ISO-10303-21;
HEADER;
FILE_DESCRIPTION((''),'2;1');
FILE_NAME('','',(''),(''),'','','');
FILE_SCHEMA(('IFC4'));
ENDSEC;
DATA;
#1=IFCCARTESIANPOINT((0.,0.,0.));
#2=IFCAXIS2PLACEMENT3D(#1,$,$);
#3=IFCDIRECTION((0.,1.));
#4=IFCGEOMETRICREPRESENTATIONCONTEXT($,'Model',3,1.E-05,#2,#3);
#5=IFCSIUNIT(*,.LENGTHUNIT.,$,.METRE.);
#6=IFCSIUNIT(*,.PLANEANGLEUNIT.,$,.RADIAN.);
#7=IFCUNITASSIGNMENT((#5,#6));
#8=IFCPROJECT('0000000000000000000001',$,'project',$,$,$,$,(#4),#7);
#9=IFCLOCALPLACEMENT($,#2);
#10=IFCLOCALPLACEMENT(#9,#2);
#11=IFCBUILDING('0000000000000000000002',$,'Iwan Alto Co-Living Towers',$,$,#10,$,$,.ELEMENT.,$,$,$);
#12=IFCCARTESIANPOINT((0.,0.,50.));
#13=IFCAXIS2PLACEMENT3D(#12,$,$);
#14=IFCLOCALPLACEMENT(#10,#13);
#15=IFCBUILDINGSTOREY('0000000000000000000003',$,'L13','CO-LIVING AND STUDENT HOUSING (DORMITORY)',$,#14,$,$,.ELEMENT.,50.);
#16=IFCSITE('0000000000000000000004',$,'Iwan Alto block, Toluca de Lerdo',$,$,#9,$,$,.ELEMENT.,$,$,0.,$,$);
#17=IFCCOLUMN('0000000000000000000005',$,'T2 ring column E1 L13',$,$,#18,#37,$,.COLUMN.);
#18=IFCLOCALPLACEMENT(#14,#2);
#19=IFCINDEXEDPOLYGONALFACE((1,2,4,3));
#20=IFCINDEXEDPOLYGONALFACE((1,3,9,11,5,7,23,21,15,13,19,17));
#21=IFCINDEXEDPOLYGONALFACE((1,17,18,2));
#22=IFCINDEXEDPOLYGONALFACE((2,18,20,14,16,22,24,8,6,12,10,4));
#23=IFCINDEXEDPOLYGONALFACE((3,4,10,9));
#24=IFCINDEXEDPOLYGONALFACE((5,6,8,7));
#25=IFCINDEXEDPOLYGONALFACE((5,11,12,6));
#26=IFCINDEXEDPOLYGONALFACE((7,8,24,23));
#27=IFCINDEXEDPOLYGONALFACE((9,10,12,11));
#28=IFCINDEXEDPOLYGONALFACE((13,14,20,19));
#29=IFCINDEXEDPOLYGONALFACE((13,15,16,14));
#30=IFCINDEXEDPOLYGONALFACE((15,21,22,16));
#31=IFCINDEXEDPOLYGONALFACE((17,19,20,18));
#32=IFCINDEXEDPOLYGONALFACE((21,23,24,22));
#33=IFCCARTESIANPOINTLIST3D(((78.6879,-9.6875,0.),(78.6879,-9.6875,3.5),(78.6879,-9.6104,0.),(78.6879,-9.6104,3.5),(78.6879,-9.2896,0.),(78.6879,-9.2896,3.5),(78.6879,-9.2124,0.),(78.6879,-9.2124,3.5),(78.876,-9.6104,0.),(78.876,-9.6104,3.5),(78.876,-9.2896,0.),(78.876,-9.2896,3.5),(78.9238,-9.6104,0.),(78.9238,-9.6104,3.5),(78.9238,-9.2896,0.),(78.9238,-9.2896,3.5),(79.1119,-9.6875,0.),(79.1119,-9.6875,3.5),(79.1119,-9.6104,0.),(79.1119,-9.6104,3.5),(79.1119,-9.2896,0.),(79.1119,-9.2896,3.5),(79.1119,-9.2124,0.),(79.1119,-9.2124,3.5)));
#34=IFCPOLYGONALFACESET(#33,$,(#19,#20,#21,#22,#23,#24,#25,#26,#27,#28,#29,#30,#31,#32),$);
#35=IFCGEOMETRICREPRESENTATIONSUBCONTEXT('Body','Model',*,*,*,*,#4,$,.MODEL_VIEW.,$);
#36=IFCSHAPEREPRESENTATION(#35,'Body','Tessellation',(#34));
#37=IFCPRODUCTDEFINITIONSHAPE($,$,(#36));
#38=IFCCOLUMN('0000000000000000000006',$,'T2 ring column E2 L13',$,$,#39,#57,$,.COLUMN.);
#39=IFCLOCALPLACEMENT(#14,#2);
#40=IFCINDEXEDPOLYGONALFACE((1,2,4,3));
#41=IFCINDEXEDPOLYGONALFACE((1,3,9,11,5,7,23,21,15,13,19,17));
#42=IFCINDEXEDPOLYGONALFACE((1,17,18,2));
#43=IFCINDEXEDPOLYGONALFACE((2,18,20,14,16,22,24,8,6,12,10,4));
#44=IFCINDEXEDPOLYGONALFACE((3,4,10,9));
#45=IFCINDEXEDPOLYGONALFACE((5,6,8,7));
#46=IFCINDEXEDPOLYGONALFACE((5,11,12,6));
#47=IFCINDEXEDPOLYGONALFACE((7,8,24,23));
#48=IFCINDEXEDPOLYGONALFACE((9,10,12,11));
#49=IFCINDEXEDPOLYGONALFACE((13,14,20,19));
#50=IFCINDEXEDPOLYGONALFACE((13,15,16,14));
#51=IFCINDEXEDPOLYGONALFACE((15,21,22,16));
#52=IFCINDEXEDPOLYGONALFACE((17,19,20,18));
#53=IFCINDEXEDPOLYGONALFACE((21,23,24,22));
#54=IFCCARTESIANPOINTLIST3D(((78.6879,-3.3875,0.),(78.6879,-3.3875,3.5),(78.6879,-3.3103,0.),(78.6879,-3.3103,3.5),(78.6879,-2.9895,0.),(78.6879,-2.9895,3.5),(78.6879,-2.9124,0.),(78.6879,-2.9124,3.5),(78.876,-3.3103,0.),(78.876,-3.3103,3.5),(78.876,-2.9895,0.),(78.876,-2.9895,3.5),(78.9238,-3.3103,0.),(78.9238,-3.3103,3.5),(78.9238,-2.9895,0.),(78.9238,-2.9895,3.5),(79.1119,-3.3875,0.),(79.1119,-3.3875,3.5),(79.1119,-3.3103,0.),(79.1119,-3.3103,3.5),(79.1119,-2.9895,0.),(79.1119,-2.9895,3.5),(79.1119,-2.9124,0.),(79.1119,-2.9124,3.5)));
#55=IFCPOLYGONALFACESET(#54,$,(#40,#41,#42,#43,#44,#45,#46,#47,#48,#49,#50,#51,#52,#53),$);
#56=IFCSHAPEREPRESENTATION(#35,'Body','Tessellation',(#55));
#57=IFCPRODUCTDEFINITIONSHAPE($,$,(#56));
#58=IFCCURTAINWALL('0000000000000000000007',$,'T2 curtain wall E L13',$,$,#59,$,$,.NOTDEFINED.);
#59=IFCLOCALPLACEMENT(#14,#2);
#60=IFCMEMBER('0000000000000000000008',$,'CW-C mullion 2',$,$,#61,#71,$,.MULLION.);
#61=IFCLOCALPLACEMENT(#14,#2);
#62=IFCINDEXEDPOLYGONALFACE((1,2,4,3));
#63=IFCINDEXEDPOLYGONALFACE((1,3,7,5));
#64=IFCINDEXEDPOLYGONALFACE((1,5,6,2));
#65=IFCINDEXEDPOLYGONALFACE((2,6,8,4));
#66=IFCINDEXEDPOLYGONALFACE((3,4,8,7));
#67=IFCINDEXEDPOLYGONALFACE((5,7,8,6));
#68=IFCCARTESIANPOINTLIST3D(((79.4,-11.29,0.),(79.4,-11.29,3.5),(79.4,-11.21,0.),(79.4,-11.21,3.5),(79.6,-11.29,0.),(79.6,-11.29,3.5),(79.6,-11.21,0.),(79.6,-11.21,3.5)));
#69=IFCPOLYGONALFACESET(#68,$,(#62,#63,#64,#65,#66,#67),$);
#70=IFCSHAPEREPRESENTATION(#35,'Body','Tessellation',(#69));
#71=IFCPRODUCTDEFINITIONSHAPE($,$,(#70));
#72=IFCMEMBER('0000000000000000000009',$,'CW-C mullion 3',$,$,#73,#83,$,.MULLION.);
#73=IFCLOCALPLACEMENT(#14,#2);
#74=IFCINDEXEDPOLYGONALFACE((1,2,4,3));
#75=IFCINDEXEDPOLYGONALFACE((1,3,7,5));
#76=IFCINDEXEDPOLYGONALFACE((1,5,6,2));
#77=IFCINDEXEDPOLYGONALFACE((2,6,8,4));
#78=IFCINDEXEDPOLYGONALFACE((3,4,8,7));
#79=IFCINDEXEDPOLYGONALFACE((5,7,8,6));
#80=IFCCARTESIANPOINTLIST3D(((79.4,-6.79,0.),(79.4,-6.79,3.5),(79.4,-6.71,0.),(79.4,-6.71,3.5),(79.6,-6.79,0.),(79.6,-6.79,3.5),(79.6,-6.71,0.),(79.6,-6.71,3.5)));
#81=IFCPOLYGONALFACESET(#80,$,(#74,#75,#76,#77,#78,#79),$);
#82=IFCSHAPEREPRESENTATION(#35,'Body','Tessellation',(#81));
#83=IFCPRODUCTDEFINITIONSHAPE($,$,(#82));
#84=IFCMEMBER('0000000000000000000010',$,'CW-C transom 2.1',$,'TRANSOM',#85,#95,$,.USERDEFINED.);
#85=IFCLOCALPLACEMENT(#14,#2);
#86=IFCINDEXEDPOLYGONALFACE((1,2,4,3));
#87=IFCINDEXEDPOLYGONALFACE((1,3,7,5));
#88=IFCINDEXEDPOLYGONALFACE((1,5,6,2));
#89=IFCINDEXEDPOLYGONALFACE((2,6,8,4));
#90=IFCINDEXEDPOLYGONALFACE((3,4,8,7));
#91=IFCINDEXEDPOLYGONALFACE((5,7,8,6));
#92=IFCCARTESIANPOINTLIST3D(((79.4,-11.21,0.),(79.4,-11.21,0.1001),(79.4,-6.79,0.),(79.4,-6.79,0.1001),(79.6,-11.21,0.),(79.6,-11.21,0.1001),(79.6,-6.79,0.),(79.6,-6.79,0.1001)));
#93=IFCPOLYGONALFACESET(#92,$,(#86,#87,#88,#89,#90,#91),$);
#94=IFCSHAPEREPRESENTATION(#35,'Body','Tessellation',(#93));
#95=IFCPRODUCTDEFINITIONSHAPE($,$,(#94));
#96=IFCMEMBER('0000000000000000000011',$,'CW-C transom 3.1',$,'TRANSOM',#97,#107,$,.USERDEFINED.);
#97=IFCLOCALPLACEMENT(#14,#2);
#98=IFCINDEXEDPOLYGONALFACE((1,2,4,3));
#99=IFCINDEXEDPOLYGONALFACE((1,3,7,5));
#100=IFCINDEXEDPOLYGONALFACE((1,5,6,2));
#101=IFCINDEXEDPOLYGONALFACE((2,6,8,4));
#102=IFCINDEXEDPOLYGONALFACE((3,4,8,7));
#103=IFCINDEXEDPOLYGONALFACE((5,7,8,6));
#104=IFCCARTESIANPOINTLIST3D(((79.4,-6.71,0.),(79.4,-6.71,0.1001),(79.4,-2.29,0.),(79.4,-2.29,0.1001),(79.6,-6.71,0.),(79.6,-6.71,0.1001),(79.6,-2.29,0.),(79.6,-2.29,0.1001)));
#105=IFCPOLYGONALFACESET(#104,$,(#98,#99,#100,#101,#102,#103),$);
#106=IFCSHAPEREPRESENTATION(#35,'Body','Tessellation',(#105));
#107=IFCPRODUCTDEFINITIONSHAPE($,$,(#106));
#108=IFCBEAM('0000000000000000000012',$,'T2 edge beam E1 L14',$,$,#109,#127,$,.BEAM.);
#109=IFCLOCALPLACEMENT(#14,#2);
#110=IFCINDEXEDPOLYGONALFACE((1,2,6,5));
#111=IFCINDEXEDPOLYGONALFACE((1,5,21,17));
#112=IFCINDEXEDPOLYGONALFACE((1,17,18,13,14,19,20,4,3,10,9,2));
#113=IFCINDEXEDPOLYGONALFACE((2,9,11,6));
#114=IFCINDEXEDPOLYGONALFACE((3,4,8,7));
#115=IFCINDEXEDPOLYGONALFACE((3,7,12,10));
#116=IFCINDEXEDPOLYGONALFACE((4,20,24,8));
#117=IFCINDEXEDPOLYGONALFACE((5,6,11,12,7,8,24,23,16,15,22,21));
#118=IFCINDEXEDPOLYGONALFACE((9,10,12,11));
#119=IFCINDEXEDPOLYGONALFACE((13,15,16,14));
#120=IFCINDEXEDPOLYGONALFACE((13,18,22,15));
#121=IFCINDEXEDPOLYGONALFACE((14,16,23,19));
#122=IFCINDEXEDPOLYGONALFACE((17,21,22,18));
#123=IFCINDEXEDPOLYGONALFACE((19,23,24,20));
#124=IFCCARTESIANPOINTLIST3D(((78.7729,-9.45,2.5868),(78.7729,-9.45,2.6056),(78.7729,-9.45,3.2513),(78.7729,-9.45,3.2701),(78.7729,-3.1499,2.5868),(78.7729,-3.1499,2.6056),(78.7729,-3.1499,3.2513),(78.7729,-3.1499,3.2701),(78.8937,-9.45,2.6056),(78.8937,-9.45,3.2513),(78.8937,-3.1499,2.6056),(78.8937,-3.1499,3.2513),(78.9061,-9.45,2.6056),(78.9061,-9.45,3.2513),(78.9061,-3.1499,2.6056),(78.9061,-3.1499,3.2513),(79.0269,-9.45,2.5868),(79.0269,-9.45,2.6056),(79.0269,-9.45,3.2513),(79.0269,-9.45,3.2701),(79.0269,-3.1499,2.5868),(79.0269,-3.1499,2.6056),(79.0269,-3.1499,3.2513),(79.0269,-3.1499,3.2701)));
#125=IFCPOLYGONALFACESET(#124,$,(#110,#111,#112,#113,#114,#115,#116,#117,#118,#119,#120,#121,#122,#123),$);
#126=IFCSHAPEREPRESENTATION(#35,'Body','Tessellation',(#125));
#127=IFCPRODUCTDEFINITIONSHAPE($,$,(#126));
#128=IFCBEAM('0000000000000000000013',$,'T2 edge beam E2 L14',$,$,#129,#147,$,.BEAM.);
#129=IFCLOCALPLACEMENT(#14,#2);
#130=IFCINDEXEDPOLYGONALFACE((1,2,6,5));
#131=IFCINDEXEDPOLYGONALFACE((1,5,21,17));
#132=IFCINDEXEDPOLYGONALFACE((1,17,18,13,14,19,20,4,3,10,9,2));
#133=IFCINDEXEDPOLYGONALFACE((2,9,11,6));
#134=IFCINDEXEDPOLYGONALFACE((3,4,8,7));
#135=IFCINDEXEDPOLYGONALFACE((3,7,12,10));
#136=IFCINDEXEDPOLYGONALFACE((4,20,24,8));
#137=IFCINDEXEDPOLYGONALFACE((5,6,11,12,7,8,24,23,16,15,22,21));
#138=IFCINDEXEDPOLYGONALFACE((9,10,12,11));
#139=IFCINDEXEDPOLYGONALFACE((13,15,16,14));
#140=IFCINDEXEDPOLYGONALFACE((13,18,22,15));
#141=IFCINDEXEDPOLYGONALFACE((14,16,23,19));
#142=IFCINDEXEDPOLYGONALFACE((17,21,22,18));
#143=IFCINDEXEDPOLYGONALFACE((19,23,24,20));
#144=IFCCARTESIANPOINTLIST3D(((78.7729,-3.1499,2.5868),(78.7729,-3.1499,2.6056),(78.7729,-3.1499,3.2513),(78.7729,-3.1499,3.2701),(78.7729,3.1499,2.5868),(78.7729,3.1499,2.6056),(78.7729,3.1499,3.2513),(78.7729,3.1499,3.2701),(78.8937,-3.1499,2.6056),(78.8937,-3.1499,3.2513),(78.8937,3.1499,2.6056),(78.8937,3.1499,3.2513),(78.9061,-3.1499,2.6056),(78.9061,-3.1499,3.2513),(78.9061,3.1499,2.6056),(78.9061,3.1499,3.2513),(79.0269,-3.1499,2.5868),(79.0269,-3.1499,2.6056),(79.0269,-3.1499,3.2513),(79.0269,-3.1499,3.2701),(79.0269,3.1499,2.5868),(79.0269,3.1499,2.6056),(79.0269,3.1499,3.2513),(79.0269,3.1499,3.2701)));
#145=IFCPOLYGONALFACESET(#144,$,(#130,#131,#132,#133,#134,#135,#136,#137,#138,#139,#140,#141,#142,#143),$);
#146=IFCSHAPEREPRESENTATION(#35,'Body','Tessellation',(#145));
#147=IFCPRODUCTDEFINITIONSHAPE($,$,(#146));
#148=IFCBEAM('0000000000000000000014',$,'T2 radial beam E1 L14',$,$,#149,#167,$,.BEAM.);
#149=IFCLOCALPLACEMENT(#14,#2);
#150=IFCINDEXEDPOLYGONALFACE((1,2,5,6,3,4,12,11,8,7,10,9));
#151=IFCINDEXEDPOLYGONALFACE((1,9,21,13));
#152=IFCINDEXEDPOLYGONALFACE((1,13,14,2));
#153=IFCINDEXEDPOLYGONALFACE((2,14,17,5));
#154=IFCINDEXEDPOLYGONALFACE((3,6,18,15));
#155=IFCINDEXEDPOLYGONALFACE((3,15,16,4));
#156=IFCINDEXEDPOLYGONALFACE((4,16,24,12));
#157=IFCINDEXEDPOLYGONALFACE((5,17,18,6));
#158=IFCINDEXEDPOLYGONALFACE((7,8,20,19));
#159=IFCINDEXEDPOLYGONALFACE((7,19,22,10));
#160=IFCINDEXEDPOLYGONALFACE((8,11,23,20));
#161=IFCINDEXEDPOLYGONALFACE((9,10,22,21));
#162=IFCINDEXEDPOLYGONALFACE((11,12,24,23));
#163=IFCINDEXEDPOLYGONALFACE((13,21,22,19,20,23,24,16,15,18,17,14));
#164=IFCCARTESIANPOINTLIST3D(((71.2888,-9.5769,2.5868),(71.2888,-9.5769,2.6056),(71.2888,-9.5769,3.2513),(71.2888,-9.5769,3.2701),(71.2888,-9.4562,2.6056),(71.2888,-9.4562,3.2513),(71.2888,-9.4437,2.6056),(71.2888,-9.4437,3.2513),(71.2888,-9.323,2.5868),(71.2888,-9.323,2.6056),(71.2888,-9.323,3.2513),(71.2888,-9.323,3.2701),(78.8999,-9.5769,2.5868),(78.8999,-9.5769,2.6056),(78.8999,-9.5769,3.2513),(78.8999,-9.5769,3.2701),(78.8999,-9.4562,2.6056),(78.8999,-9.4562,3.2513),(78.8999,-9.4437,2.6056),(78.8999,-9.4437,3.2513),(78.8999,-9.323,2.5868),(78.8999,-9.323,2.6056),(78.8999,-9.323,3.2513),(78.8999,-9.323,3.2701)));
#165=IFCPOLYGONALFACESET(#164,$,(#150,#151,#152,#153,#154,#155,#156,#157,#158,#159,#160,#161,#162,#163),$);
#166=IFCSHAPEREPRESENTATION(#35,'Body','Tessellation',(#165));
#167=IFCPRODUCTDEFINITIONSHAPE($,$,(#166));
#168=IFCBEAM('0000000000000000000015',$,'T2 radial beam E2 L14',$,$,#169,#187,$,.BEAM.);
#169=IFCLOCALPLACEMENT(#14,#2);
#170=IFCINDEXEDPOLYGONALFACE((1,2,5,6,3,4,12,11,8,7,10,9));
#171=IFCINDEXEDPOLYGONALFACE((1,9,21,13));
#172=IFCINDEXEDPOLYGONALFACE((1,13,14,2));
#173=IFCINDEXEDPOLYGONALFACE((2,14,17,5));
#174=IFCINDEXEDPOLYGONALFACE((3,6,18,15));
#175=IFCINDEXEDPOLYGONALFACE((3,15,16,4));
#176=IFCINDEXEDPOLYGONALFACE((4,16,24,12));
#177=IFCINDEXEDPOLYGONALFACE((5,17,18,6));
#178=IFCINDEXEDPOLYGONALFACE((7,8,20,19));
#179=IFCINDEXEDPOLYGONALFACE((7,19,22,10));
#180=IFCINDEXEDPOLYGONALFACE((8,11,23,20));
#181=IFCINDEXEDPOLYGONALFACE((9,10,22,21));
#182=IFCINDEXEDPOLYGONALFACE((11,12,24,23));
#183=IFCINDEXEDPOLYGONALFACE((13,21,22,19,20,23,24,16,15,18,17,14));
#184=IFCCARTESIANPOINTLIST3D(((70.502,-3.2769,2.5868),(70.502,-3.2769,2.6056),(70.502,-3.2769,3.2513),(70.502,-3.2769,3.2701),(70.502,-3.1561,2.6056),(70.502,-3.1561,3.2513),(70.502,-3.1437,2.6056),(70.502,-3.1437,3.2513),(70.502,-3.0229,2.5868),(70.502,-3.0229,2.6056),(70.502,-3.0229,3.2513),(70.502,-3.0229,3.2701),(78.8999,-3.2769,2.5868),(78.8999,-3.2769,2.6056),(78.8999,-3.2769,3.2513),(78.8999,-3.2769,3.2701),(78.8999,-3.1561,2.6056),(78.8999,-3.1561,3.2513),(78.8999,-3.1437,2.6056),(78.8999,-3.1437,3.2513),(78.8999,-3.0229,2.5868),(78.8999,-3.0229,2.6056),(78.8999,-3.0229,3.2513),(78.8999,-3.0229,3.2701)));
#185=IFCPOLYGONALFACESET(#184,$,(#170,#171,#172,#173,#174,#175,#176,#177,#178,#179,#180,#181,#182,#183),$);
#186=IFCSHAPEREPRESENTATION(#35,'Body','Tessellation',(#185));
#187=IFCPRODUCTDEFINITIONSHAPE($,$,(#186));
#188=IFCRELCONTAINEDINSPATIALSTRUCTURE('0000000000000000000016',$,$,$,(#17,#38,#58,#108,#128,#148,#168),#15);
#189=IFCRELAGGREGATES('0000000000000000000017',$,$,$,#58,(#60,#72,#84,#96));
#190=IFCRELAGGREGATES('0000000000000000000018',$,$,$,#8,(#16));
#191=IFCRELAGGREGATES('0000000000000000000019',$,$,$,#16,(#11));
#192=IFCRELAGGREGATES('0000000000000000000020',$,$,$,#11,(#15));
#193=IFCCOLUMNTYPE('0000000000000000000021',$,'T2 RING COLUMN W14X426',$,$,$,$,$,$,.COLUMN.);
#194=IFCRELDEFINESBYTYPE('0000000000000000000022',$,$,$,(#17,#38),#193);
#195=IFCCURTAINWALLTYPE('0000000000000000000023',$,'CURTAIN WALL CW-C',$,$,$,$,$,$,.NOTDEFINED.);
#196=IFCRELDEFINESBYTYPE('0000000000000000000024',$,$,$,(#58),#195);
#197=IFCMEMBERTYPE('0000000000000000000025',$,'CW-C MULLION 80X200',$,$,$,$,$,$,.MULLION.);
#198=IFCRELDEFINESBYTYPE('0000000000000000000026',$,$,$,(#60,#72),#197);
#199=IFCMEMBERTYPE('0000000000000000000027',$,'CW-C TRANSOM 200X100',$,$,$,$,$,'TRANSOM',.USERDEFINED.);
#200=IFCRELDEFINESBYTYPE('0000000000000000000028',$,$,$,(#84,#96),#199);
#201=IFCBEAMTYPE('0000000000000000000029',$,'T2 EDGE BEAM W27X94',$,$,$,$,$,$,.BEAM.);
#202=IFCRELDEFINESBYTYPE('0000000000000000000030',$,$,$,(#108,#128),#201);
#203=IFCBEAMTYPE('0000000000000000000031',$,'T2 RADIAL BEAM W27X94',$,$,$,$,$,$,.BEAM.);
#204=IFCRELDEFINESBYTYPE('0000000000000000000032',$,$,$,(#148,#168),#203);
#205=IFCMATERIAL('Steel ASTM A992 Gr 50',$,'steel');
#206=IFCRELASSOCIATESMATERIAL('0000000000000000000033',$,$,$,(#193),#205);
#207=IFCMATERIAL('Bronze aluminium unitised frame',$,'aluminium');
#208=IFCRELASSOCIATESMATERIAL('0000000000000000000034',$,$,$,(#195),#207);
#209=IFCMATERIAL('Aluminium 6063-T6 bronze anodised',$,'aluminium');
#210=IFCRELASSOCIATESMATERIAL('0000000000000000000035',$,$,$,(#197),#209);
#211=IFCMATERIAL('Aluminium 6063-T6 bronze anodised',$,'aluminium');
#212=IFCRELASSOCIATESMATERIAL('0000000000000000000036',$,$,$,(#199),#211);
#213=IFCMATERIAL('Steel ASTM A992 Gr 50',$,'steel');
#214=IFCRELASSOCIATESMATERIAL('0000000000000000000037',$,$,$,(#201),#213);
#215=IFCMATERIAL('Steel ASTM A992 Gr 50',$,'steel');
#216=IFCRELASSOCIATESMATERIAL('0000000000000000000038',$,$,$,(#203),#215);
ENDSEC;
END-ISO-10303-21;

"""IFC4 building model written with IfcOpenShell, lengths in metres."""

from ifc_helpers import new_model, si_unit, direction, frame, origin, origin_2d, place, context, subcontext, project, spatial, rectangle, i_section, extrude, material, material_profile, profile_set, type_object, element, aggregate, save


model = new_model("IFC4")

# Units and contexts
model_context = context("Model", 3, precision=1e-05, world=origin(), true_north=direction((0.0, 1.0)))
body_context = subcontext(model_context, "Body", "Model", "MODEL_VIEW")
ifc_project = project(units=[si_unit("LENGTHUNIT", "METRE"), si_unit("PLANEANGLEUNIT", "RADIAN")], contexts=[model_context])

# Site, building, storey
site_placement = place(None, origin())
site = spatial("IfcSite", under=ifc_project, at=site_placement, Name="Iwan Alto block, Toluca de Lerdo", CompositionType="ELEMENT", RefElevation=0.0)
building_placement = place(site_placement, origin())
building = spatial("IfcBuilding", under=site, at=building_placement, Name="Iwan Alto Co-Living Towers", CompositionType="ELEMENT")
storey_placement = place(building_placement, frame((0.0, 0.0, 50.0)))
storey = spatial("IfcBuildingStorey", under=building, at=storey_placement, Name="L13", Description="CO-LIVING AND STUDENT HOUSING (DORMITORY)", CompositionType="ELEMENT", Elevation=50.0)

# Columns
ifc_material_1 = material(Name="Steel ASTM A992 Gr 50", Category="steel")
ifc_material_profile_1 = material_profile(ifc_material_1, i_section(OverallWidth=0.4241, OverallDepth=0.4751, WebThickness=0.0479, FlangeThickness=0.0771, at=origin_2d()), Name="W14X426")
ifc_profile_set_1 = profile_set([ifc_material_profile_1], Name="Steel ASTM A992 Gr 50")
column_type = type_object("IfcColumnType", Name="T2 RING COLUMN W14X426", PredefinedType="COLUMN", material=ifc_profile_set_1)
for number, where, z_axis, x_axis, name in (
    (1, (78.8999, -9.45, 0.0), (0.0, 0.0, 1.0), (1.0, 0.0, 0.0), "T2 ring column E1 L13"),
    (2, (78.8999, -3.1499, 0.0), (0.0, 0.0, 1.0), (1.0, 0.0, 0.0), "T2 ring column E2 L13"),
):
    element("IfcColumn", number, at=place(storey_placement, frame(where, z_axis=z_axis, x_axis=x_axis)), inside=storey, type_object=column_type, Name=name, PredefinedType="COLUMN", context=body_context, shape_type="SweptSolid", body=[
        extrude(i_section(OverallWidth=0.4241, OverallDepth=0.4751, WebThickness=0.0479, FlangeThickness=0.0771, at=origin_2d()), origin(), (0.0, 0.0, 1.0), 3.5),
    ])

# Curtain wall, members
ifc_material_2 = material(Name="Bronze aluminium unitised frame", Category="aluminium")
curtain_wall_type = type_object("IfcCurtainWallType", Name="CURTAIN WALL CW-C", PredefinedType="NOTDEFINED", material=ifc_material_2)
curtain_wall_placement = place(storey_placement, origin())
curtain_wall = element("IfcCurtainWall", 3, at=curtain_wall_placement, inside=storey, type_object=curtain_wall_type, Name="T2 curtain wall E L13", PredefinedType="NOTDEFINED")
ifc_material_3 = material(Name="Aluminium 6063-T6 bronze anodised", Category="aluminium")
ifc_material_profile_2 = material_profile(ifc_material_3, rectangle(XDim=0.2, YDim=0.0801, at=origin_2d()), Name="AL 80X200")
ifc_profile_set_2 = profile_set([ifc_material_profile_2], Name="Aluminium 6063-T6 bronze anodised")
member_type_1 = type_object("IfcMemberType", Name="CW-C MULLION 80X200", PredefinedType="MULLION", material=ifc_profile_set_2)
member_1_placement = place(storey_placement, frame((79.5, -11.25, 0.0), z_axis=(0.0, 0.0, 1.0), x_axis=(-1.0, 0.0, 0.0)))
member_1 = element("IfcMember", 4, at=member_1_placement, type_object=member_type_1, Name="CW-C mullion 2", PredefinedType="MULLION", context=body_context, shape_type="SweptSolid", body=[
    extrude(rectangle(XDim=0.2, YDim=0.0801, at=origin_2d()), origin(), (0.0, 0.0, 1.0), 3.5),
])
member_2_placement = place(storey_placement, frame((79.5, -6.75, 0.0), z_axis=(0.0, 0.0, 1.0), x_axis=(-1.0, 0.0, 0.0)))
member_2 = element("IfcMember", 5, at=member_2_placement, type_object=member_type_1, Name="CW-C mullion 3", PredefinedType="MULLION", context=body_context, shape_type="SweptSolid", body=[
    extrude(rectangle(XDim=0.2, YDim=0.0801, at=origin_2d()), origin(), (0.0, 0.0, 1.0), 3.5),
])
ifc_material_4 = material(Name="Aluminium 6063-T6 bronze anodised", Category="aluminium")
ifc_material_profile_3 = material_profile(ifc_material_4, rectangle(XDim=0.2, YDim=0.1001, at=origin_2d()), Name="AL 200X100")
ifc_profile_set_3 = profile_set([ifc_material_profile_3], Name="Aluminium 6063-T6 bronze anodised")
member_type_2 = type_object("IfcMemberType", Name="CW-C TRANSOM 200X100", ElementType="TRANSOM", PredefinedType="USERDEFINED", material=ifc_profile_set_3)
member_3_placement = place(storey_placement, frame((79.5, -11.21, 0.05), z_axis=(0.0, 1.0, 0.0), x_axis=(-1.0, 0.0, 0.0)))
member_3 = element("IfcMember", 6, at=member_3_placement, type_object=member_type_2, Name="CW-C transom 2.1", ObjectType="TRANSOM", PredefinedType="USERDEFINED", context=body_context, shape_type="SweptSolid", body=[
    extrude(rectangle(XDim=0.2, YDim=0.1001, at=origin_2d()), origin(), (0.0, 0.0, 1.0), 4.4199),
])
member_4_placement = place(storey_placement, frame((79.5, -6.71, 0.05), z_axis=(0.0, 1.0, 0.0), x_axis=(-1.0, 0.0, 0.0)))
member_4 = element("IfcMember", 7, at=member_4_placement, type_object=member_type_2, Name="CW-C transom 3.1", ObjectType="TRANSOM", PredefinedType="USERDEFINED", context=body_context, shape_type="SweptSolid", body=[
    extrude(rectangle(XDim=0.2, YDim=0.1001, at=origin_2d()), origin(), (0.0, 0.0, 1.0), 4.4199),
])

# Beams
ifc_material_5 = material(Name="Steel ASTM A992 Gr 50", Category="steel")
ifc_material_profile_4 = material_profile(ifc_material_5, i_section(OverallWidth=0.2539, OverallDepth=0.6833, WebThickness=0.0125, FlangeThickness=0.0188, at=origin_2d()), Name="W27X94")
ifc_profile_set_4 = profile_set([ifc_material_profile_4], Name="Steel ASTM A992 Gr 50")
beam_type_1 = type_object("IfcBeamType", Name="T2 EDGE BEAM W27X94", PredefinedType="BEAM", material=ifc_profile_set_4)
beam_1_placement = place(storey_placement, frame((78.8999, -9.45, 2.9285), z_axis=(0.0, 1.0, 0.0), x_axis=(-1.0, 0.0, 0.0)))
element("IfcBeam", 8, at=beam_1_placement, inside=storey, type_object=beam_type_1, Name="T2 edge beam E1 L14", PredefinedType="BEAM", context=body_context, shape_type="SweptSolid", body=[
    extrude(i_section(OverallWidth=0.2539, OverallDepth=0.6833, WebThickness=0.0125, FlangeThickness=0.0188, at=origin_2d()), origin(), (0.0, 0.0, 1.0), 6.3),
])
beam_2_placement = place(storey_placement, frame((78.8999, -3.1499, 2.9285), z_axis=(0.0, 1.0, 0.0), x_axis=(-1.0, 0.0, 0.0)))
element("IfcBeam", 9, at=beam_2_placement, inside=storey, type_object=beam_type_1, Name="T2 edge beam E2 L14", PredefinedType="BEAM", context=body_context, shape_type="SweptSolid", body=[
    extrude(i_section(OverallWidth=0.2539, OverallDepth=0.6833, WebThickness=0.0125, FlangeThickness=0.0188, at=origin_2d()), origin(), (0.0, 0.0, 1.0), 6.2998),
])
ifc_material_6 = material(Name="Steel ASTM A992 Gr 50", Category="steel")
ifc_material_profile_5 = material_profile(ifc_material_6, i_section(OverallWidth=0.2539, OverallDepth=0.6833, WebThickness=0.0125, FlangeThickness=0.0188, at=origin_2d()), Name="W27X94")
ifc_profile_set_5 = profile_set([ifc_material_profile_5], Name="Steel ASTM A992 Gr 50")
beam_type_2 = type_object("IfcBeamType", Name="T2 RADIAL BEAM W27X94", PredefinedType="BEAM", material=ifc_profile_set_5)
beam_3_placement = place(storey_placement, frame((78.8999, -9.45, 2.9285), z_axis=(-1.0, 0.0, 0.0), x_axis=(0.0, -1.0, 0.0)))
element("IfcBeam", 10, at=beam_3_placement, inside=storey, type_object=beam_type_2, Name="T2 radial beam E1 L14", PredefinedType="BEAM", context=body_context, shape_type="SweptSolid", body=[
    extrude(i_section(OverallWidth=0.2539, OverallDepth=0.6833, WebThickness=0.0125, FlangeThickness=0.0188, at=origin_2d()), origin(), (0.0, 0.0, 1.0), 7.6111),
])
beam_4_placement = place(storey_placement, frame((78.8999, -3.1499, 2.9285), z_axis=(-1.0, 0.0, 0.0), x_axis=(0.0, -1.0, 0.0)))
element("IfcBeam", 11, at=beam_4_placement, inside=storey, type_object=beam_type_2, Name="T2 radial beam E2 L14", PredefinedType="BEAM", context=body_context, shape_type="SweptSolid", body=[
    extrude(i_section(OverallWidth=0.2539, OverallDepth=0.6833, WebThickness=0.0125, FlangeThickness=0.0188, at=origin_2d()), origin(), (0.0, 0.0, 1.0), 8.3979),
])

aggregate(curtain_wall, [member_1, member_2, member_3, member_4])

save(model, "model.ifc")
